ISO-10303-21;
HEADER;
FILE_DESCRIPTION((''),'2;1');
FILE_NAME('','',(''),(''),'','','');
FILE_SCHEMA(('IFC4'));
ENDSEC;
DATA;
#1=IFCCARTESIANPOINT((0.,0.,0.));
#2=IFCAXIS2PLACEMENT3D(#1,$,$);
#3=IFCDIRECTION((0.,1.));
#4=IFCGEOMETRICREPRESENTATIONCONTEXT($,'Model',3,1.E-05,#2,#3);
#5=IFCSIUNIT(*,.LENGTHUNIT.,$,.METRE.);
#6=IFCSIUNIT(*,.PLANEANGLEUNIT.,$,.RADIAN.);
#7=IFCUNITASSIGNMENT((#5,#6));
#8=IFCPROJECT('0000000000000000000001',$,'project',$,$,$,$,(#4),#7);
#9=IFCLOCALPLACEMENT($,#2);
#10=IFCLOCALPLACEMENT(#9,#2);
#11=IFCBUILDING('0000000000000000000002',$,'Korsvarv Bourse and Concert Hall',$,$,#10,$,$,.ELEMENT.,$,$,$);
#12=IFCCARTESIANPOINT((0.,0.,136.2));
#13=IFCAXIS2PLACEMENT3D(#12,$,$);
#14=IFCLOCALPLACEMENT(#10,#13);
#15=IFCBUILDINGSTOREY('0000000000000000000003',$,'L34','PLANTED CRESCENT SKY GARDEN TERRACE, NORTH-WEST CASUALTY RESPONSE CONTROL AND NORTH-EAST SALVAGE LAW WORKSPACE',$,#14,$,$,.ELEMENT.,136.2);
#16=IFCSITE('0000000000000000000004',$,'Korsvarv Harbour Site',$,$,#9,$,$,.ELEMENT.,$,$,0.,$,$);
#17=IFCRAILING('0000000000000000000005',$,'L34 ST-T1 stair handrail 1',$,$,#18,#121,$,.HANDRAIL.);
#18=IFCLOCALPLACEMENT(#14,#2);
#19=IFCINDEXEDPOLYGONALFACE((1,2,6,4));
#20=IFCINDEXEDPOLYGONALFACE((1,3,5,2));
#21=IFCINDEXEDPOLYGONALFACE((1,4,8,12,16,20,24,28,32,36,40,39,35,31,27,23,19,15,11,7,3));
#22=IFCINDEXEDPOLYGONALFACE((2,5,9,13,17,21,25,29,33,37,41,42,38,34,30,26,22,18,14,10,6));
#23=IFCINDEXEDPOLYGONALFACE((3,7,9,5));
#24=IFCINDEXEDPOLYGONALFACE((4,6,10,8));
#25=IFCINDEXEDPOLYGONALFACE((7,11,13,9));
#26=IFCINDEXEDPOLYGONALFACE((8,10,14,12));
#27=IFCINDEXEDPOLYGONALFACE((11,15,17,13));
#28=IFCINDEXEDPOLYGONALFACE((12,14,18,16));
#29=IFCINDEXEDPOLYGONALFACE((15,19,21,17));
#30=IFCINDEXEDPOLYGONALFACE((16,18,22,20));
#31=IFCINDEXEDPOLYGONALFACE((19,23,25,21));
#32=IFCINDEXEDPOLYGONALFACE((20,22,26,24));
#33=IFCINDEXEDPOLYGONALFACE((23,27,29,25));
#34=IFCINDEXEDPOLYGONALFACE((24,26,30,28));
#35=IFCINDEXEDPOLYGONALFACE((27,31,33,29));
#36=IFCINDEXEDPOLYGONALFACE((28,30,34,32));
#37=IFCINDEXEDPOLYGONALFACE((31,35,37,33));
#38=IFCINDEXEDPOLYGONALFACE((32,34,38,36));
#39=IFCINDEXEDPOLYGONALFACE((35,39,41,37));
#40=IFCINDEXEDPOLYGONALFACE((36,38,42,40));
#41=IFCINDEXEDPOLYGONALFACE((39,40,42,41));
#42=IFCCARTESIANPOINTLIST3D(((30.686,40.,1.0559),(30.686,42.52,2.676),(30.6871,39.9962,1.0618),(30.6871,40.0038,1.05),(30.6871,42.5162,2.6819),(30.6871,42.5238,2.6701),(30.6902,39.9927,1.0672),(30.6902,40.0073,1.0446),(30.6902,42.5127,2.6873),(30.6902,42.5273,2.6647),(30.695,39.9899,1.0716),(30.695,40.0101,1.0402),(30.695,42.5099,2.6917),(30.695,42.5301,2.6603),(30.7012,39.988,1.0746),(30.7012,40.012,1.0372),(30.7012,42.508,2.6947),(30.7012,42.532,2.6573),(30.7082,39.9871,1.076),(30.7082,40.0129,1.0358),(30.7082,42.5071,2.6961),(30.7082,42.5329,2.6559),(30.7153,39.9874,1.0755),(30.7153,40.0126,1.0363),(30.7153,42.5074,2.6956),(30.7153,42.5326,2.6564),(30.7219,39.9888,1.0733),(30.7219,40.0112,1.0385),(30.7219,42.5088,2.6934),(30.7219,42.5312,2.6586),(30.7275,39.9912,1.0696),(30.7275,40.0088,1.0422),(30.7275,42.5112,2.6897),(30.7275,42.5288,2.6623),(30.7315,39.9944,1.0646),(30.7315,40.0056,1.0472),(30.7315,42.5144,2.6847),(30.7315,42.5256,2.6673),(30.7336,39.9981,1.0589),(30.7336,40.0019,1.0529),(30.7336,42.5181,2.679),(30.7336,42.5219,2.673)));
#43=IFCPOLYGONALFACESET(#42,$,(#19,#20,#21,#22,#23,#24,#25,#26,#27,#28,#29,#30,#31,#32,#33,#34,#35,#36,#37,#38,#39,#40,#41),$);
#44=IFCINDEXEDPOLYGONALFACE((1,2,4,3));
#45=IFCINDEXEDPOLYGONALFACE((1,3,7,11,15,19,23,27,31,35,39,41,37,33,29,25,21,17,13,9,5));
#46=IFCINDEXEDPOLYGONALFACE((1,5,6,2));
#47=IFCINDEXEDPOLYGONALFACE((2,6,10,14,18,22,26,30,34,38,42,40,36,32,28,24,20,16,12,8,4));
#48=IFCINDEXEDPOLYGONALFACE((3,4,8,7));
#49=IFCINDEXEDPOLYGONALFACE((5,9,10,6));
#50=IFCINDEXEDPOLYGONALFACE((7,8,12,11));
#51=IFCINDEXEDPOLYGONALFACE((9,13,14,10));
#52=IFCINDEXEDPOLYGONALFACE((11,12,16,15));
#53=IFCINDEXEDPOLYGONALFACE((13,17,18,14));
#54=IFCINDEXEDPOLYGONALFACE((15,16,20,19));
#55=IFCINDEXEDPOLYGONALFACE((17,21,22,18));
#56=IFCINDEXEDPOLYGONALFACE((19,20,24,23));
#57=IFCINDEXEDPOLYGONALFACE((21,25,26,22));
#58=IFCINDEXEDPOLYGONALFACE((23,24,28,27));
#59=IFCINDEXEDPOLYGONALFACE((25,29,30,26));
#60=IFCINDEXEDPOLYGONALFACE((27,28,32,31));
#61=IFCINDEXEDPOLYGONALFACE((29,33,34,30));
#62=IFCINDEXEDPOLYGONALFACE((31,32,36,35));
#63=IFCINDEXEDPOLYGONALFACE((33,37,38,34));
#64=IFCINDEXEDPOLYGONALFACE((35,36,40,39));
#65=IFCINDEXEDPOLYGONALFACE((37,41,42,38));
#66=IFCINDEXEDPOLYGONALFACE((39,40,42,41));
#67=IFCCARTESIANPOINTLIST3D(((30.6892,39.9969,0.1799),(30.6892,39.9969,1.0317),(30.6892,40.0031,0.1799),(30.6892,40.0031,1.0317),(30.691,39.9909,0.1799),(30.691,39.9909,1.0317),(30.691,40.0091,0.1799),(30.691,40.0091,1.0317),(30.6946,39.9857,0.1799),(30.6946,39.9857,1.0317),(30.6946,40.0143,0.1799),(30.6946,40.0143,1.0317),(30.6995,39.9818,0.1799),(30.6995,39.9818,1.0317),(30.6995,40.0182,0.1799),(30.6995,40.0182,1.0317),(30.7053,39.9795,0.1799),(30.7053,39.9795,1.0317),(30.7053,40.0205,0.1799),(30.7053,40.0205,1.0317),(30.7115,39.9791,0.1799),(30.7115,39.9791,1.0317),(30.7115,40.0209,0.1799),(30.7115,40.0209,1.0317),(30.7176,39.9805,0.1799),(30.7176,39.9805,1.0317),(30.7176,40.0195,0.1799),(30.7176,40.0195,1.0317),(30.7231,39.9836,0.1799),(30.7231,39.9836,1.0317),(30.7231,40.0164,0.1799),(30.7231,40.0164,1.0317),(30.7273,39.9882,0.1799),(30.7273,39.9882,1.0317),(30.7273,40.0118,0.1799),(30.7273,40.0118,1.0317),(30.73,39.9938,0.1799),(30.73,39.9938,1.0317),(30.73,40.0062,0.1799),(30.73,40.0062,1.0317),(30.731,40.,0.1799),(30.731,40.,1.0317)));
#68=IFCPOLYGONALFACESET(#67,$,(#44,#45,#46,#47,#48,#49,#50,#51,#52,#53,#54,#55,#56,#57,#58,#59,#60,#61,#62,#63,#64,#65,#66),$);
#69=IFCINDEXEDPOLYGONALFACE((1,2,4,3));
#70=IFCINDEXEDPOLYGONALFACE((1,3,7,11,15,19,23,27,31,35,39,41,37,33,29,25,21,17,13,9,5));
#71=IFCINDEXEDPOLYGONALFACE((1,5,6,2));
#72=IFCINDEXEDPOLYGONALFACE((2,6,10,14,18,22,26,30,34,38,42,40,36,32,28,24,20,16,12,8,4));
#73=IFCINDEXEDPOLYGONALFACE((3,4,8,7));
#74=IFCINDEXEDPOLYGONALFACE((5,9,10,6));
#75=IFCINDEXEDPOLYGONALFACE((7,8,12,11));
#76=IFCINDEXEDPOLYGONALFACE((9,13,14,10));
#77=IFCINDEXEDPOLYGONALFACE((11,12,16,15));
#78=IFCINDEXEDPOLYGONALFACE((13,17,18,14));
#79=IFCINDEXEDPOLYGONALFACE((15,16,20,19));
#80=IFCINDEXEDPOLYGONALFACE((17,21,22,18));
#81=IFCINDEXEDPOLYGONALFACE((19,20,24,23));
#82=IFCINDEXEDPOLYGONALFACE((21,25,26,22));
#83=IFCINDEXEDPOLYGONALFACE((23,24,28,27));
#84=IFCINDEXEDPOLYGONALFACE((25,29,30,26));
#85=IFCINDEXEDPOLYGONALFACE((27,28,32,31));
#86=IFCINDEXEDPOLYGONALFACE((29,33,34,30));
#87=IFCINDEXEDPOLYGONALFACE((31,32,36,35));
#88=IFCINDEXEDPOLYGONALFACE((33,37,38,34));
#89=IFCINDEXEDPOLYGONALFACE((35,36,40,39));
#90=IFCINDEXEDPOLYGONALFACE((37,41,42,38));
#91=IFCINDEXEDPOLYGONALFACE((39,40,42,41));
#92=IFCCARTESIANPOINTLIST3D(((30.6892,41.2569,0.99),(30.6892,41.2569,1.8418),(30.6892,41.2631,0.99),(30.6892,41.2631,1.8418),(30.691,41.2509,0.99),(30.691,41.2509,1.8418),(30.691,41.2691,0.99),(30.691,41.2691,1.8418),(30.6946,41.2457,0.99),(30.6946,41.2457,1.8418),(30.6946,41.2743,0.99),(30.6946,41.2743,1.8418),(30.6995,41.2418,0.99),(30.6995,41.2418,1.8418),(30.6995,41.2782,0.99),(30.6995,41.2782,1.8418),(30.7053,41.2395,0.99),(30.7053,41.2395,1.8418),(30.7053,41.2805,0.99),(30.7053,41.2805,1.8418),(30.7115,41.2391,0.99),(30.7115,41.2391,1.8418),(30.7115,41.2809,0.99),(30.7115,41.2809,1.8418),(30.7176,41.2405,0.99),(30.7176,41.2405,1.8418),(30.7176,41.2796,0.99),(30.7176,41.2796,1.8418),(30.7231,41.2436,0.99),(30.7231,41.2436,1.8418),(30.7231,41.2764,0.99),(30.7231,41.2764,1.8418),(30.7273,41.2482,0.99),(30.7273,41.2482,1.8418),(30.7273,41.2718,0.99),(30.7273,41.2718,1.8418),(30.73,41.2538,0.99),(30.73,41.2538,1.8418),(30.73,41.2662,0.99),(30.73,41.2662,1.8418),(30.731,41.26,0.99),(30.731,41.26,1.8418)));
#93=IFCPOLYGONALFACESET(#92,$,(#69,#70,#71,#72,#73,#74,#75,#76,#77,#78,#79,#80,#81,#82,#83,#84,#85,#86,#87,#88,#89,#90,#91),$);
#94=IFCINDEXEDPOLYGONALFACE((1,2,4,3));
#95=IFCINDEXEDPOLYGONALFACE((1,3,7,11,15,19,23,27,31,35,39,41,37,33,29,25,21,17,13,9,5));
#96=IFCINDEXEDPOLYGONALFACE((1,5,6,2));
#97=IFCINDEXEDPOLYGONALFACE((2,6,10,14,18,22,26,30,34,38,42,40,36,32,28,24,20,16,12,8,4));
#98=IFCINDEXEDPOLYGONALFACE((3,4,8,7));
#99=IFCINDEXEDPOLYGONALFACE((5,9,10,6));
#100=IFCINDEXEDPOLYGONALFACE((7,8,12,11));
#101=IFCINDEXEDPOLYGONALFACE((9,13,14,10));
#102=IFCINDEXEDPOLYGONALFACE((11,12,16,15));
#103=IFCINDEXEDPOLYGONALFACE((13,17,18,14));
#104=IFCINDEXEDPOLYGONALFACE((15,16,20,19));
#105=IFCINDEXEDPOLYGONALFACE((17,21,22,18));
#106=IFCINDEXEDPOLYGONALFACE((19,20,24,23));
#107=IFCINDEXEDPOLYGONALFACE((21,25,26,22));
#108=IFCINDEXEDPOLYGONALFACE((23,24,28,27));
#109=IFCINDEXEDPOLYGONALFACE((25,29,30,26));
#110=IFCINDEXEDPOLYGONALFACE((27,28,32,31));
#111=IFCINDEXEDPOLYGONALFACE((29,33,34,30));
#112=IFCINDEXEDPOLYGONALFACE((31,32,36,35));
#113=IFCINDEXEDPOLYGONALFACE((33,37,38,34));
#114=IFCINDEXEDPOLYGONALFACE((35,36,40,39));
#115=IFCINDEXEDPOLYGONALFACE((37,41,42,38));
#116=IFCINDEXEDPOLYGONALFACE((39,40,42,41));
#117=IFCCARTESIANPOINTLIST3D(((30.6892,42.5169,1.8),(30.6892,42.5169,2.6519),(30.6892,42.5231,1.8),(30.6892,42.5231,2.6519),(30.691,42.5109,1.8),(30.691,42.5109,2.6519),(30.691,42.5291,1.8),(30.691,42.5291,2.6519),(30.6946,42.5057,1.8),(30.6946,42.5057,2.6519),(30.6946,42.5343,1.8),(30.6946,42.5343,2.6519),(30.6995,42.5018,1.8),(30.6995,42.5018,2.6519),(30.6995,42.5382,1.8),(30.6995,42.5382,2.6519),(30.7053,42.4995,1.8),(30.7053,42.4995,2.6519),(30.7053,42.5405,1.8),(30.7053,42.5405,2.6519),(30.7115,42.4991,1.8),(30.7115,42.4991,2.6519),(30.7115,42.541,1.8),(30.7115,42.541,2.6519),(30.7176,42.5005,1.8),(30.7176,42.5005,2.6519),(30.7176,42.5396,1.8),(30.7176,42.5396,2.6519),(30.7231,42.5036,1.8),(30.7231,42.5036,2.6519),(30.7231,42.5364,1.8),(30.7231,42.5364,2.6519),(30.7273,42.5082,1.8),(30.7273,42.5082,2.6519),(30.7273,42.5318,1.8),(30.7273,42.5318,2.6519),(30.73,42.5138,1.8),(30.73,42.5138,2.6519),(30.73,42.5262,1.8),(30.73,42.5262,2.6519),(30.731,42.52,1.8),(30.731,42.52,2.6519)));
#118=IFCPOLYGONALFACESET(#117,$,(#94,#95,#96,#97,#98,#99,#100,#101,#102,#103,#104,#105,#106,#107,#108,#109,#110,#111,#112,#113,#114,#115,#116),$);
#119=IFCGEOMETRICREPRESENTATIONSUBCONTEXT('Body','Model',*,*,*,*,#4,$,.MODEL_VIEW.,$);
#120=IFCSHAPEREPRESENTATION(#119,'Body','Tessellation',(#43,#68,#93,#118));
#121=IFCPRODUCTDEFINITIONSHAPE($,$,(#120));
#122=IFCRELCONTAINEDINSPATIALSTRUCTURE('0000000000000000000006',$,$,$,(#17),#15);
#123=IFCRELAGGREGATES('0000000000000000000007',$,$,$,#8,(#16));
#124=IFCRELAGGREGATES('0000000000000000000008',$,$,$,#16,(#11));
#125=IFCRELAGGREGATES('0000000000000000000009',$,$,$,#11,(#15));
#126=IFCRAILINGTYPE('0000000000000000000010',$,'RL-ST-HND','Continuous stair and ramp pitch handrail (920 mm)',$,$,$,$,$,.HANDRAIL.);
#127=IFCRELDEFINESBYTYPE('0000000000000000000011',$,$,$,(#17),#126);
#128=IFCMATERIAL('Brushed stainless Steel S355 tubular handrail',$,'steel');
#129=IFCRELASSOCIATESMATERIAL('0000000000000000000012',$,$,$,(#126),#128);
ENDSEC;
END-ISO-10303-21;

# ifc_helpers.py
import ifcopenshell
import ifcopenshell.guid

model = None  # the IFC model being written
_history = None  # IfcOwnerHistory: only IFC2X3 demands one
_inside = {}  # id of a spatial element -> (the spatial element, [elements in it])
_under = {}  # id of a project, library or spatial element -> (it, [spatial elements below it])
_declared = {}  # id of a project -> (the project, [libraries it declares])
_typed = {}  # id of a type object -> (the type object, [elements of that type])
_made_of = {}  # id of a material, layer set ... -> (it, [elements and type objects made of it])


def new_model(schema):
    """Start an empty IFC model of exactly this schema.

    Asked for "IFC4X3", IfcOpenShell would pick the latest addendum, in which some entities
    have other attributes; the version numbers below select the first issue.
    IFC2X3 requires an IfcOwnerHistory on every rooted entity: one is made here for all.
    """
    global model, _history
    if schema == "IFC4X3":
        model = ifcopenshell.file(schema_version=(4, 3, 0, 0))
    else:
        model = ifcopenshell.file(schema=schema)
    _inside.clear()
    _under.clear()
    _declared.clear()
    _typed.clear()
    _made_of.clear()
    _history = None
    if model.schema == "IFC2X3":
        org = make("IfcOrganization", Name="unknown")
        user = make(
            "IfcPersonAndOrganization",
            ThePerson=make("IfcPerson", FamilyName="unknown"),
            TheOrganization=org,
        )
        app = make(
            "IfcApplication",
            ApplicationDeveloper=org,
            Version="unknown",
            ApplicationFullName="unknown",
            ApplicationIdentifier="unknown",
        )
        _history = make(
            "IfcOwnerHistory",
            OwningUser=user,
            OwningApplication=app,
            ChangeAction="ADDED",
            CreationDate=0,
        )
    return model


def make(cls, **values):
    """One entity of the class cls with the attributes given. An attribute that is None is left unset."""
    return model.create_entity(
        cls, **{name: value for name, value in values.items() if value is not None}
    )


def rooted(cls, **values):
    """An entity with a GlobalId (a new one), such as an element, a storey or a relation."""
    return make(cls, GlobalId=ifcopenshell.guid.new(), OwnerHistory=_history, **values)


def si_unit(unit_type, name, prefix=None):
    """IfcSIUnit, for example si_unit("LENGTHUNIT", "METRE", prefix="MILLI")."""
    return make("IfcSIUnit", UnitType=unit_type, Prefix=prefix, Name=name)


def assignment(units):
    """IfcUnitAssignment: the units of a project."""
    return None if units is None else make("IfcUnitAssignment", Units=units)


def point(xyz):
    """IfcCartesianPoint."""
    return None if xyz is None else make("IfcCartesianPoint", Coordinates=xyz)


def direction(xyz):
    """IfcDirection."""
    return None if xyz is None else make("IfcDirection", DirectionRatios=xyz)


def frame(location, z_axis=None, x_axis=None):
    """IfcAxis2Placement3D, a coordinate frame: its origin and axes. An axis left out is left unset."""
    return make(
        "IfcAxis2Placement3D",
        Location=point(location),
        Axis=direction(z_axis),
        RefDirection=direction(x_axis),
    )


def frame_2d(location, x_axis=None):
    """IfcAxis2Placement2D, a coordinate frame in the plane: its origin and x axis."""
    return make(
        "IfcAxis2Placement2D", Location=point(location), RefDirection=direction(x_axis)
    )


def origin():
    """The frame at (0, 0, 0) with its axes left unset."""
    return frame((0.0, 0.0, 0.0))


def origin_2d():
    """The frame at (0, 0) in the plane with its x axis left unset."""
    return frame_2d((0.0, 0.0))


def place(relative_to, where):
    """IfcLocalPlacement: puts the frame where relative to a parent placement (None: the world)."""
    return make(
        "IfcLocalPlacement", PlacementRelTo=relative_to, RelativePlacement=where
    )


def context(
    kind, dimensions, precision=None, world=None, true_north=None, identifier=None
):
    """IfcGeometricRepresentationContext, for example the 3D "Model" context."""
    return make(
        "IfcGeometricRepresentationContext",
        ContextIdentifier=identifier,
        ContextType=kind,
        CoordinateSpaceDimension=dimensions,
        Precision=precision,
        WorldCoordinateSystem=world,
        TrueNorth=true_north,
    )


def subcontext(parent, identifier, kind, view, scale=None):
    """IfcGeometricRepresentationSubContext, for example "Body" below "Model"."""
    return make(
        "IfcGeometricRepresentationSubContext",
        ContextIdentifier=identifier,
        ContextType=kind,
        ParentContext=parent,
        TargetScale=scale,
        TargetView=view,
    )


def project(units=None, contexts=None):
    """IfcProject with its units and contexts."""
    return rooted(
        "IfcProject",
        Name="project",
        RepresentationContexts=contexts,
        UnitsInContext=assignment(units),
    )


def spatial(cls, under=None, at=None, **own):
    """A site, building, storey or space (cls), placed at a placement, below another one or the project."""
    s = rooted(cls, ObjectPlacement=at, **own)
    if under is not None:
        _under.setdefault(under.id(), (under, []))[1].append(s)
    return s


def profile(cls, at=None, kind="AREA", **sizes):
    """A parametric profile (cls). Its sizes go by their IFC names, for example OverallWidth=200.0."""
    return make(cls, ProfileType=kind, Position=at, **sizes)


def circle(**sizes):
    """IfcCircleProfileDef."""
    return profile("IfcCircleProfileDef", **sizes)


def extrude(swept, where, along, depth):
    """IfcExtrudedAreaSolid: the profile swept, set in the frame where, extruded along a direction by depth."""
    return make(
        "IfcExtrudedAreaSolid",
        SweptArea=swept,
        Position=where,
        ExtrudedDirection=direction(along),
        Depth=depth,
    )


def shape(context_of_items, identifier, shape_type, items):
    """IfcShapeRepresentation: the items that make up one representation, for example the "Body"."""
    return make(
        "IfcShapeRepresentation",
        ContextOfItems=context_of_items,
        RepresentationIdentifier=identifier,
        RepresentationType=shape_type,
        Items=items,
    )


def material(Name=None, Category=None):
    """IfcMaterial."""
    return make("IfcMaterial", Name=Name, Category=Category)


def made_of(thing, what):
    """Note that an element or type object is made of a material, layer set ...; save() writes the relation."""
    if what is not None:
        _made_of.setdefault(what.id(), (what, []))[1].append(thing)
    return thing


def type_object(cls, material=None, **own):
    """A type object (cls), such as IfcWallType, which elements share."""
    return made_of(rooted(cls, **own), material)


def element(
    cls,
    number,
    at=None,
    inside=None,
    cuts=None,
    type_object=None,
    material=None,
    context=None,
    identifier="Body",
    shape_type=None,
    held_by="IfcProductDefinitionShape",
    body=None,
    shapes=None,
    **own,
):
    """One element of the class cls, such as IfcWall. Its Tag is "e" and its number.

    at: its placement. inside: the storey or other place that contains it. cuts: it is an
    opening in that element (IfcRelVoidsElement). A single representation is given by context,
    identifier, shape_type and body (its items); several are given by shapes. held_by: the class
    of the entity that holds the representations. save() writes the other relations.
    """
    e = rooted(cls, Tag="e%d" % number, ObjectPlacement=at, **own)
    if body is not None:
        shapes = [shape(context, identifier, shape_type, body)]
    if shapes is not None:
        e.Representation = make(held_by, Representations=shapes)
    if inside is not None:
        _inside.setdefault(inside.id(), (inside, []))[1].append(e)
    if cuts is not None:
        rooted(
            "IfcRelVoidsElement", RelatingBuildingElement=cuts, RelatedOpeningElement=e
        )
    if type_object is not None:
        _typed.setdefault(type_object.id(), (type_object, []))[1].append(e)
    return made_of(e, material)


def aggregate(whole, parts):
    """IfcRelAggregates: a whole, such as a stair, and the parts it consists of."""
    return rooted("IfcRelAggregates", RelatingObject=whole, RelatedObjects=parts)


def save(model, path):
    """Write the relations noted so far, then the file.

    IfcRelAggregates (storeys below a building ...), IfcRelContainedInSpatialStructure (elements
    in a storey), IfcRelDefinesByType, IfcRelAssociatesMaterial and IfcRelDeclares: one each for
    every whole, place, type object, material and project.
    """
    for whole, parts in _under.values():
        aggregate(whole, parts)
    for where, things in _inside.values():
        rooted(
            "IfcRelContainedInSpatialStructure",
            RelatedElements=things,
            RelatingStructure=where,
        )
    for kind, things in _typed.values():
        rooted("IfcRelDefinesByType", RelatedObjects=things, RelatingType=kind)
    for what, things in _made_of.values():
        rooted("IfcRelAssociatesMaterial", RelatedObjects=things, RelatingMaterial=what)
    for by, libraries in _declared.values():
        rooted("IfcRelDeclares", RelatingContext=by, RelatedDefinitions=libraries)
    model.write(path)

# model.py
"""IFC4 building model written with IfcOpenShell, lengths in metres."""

from ifc_helpers import new_model, si_unit, direction, frame, origin, origin_2d, place, context, subcontext, project, spatial, circle, extrude, material, type_object, element, save


model = new_model("IFC4")

# Units and contexts
model_context = context("Model", 3, precision=1e-05, world=origin(), true_north=direction((0.0, 1.0)))
body_context = subcontext(model_context, "Body", "Model", "MODEL_VIEW")
ifc_project = project(units=[si_unit("LENGTHUNIT", "METRE"), si_unit("PLANEANGLEUNIT", "RADIAN")], contexts=[model_context])

# Site, building, storey
site_placement = place(None, origin())
site = spatial("IfcSite", under=ifc_project, at=site_placement, Name="Korsvarv Harbour Site", CompositionType="ELEMENT", RefElevation=0.0)
building_placement = place(site_placement, origin())
building = spatial("IfcBuilding", under=site, at=building_placement, Name="Korsvarv Bourse and Concert Hall", CompositionType="ELEMENT")
storey_placement = place(building_placement, frame((0.0, 0.0, 136.2)))
storey = spatial("IfcBuildingStorey", under=building, at=storey_placement, Name="L34", Description="PLANTED CRESCENT SKY GARDEN TERRACE, NORTH-WEST CASUALTY RESPONSE CONTROL AND NORTH-EAST SALVAGE LAW WORKSPACE", CompositionType="ELEMENT", Elevation=136.2)

# Railing
ifc_material_1 = material(Name="Brushed stainless Steel S355 tubular handrail", Category="steel")
railing_type_1 = type_object("IfcRailingType", Name="RL-ST-HND", Description="Continuous stair and ramp pitch handrail (920 mm)", PredefinedType="HANDRAIL", material=ifc_material_1)
railing_1_placement = place(storey_placement, frame((30.71, 40.0, 0.1799)))
element("IfcRailing", 1, at=railing_1_placement, inside=storey, type_object=railing_type_1, Name="L34 ST-T1 stair handrail 1", PredefinedType="HANDRAIL", context=body_context, shape_type="SweptSolid", body=[
    extrude(circle(Radius=0.0239, at=origin_2d()), frame((0.0, 0.0, 0.876), z_axis=(0.0, 0.841163, 0.540782), x_axis=(-1.0, 0.0, 0.0)), (0.0, 0.0, 1.0), 2.9958),
    extrude(circle(Radius=0.021, at=origin_2d()), origin(), (0.0, 0.0, 1.0), 0.8518),
    extrude(circle(Radius=0.021, at=origin_2d()), frame((0.0, 1.26, 0.8101)), (0.0, 0.0, 1.0), 0.8518),
    extrude(circle(Radius=0.021, at=origin_2d()), frame((0.0, 2.52, 1.6201)), (0.0, 0.0, 1.0), 0.8518),
])

save(model, "model.ifc")
